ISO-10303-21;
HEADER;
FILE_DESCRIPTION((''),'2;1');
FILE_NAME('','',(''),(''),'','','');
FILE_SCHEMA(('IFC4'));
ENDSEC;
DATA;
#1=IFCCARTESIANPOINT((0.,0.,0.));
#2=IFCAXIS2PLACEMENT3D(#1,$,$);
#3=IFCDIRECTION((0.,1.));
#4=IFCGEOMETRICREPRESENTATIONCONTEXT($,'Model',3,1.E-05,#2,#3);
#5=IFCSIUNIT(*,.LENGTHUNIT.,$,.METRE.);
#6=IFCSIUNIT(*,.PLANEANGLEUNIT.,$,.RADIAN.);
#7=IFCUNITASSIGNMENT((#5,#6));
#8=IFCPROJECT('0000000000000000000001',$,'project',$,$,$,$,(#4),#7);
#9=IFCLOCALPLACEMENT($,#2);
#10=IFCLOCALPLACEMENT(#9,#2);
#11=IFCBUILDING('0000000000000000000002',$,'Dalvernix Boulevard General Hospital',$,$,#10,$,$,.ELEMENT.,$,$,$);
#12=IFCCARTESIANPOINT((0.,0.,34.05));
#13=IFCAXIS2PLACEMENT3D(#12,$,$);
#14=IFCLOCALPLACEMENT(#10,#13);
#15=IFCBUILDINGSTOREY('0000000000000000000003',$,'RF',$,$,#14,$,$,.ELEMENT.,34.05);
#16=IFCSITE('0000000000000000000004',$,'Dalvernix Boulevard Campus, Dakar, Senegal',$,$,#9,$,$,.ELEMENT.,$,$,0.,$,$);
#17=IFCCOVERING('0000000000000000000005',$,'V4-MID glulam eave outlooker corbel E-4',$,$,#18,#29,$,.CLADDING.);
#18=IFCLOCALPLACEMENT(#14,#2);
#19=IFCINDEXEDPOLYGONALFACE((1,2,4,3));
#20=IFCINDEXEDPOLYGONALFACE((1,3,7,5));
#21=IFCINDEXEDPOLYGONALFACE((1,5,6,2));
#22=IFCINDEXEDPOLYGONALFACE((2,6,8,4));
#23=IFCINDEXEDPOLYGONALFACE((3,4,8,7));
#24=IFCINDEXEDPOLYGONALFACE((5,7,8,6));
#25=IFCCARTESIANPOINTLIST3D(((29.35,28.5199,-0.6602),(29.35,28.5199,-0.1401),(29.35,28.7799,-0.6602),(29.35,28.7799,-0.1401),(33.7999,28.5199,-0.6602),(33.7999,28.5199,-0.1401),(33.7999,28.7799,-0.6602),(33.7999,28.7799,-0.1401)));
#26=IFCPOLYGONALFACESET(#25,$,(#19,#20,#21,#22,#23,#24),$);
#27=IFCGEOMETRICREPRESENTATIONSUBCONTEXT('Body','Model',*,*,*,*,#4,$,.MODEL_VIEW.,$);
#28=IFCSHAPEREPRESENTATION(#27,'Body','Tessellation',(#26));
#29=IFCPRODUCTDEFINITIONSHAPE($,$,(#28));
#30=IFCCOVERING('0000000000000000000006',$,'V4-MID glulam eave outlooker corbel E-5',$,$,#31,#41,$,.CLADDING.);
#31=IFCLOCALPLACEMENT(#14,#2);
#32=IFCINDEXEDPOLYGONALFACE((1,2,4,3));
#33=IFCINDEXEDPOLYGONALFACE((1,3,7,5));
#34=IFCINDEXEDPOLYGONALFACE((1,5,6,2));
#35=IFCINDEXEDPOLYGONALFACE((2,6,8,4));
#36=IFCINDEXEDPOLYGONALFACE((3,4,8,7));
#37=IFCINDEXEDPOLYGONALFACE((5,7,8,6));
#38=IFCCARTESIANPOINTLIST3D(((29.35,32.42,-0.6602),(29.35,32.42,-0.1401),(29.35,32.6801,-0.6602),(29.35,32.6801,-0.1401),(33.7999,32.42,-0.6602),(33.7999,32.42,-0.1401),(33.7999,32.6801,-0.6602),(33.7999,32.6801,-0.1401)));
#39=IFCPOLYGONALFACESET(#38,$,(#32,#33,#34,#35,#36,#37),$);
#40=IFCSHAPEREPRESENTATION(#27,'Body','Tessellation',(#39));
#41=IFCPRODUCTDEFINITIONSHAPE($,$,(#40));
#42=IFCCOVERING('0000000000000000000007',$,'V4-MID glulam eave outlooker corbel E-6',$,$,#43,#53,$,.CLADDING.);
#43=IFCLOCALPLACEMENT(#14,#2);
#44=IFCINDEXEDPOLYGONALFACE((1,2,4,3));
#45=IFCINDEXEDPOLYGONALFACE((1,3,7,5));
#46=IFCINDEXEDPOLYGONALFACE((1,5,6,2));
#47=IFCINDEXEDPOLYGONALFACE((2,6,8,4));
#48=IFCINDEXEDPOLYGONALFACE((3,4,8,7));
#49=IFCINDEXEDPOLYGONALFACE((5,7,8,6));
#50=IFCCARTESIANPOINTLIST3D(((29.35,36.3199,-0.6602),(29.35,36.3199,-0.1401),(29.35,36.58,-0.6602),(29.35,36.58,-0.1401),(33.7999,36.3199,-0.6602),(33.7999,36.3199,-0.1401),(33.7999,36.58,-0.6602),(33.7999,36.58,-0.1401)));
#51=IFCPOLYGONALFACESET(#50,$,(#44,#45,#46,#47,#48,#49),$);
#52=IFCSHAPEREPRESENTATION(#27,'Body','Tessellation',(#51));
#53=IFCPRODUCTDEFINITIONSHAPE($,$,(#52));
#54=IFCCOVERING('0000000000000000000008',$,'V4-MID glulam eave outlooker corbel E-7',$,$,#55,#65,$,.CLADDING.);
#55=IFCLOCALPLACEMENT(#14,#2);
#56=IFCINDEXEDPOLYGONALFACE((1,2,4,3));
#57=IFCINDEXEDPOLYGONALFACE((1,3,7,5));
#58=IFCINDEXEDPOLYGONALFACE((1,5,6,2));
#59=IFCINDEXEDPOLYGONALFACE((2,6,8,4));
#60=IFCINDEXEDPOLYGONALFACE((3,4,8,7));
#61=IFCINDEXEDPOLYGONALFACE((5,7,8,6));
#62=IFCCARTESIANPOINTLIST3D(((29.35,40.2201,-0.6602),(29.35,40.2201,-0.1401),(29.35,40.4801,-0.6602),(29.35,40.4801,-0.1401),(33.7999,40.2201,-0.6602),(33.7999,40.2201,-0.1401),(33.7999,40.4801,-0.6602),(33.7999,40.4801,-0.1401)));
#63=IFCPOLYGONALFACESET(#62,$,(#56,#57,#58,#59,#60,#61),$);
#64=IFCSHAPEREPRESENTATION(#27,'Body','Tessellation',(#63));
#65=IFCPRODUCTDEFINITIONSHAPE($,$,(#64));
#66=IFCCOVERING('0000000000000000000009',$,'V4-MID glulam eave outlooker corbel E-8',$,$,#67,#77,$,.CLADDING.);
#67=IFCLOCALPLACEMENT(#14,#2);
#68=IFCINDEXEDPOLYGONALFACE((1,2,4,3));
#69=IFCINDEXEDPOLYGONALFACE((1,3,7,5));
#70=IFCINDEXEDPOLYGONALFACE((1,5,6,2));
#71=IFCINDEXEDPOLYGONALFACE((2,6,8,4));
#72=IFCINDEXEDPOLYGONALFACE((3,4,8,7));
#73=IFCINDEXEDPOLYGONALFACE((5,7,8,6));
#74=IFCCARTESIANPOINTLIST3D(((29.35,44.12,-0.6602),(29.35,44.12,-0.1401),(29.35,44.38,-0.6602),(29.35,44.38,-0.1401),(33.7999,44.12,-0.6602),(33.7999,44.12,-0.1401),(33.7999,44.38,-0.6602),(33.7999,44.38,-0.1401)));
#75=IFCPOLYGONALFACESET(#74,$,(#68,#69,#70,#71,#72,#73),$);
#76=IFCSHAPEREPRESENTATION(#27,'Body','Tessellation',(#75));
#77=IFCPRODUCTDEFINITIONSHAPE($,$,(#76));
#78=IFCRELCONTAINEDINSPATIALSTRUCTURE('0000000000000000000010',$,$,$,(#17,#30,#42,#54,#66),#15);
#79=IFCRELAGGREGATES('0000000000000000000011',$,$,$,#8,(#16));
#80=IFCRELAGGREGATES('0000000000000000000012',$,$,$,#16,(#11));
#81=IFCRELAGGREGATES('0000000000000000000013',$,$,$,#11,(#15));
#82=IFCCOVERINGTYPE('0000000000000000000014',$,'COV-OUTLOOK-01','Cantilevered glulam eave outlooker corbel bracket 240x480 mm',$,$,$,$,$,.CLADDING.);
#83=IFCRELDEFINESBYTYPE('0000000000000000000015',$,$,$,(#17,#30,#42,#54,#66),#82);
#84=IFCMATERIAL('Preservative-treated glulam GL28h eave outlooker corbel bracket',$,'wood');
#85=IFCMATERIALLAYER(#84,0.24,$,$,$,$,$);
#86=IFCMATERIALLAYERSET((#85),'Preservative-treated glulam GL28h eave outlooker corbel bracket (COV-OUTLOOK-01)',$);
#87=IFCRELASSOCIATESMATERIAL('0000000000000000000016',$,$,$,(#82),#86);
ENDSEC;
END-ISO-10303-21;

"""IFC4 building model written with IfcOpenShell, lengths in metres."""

from ifc_helpers import new_model, si_unit, direction, frame, origin, origin_2d, place, context, subcontext, project, spatial, rectangle, extrude, material, layer, layer_set, type_object, element, save


model = new_model("IFC4")

# Units and contexts
model_context = context("Model", 3, precision=1e-05, world=origin(), true_north=direction((0.0, 1.0)))
body_context = subcontext(model_context, "Body", "Model", "MODEL_VIEW")
ifc_project = project(units=[si_unit("LENGTHUNIT", "METRE"), si_unit("PLANEANGLEUNIT", "RADIAN")], contexts=[model_context])

# Site, building, storey
site_placement = place(None, origin())
site = spatial("IfcSite", under=ifc_project, at=site_placement, Name="Dalvernix Boulevard Campus, Dakar, Senegal", CompositionType="ELEMENT", RefElevation=0.0)
building_placement = place(site_placement, origin())
building = spatial("IfcBuilding", under=site, at=building_placement, Name="Dalvernix Boulevard General Hospital", CompositionType="ELEMENT")
storey_placement = place(building_placement, frame((0.0, 0.0, 34.05)))
storey = spatial("IfcBuildingStorey", under=building, at=storey_placement, Name="RF", CompositionType="ELEMENT", Elevation=34.05)

# Coverings
ifc_material_1 = material(Name="Preservative-treated glulam GL28h eave outlooker corbel bracket", Category="wood")
ifc_layer = layer(ifc_material_1, 0.24)
ifc_layer_set = layer_set([ifc_layer], Name="Preservative-treated glulam GL28h eave outlooker corbel bracket (COV-OUTLOOK-01)")
covering_type = type_object("IfcCoveringType", Name="COV-OUTLOOK-01", Description="Cantilevered glulam eave outlooker corbel bracket 240x480 mm", PredefinedType="CLADDING", material=ifc_layer_set)
for number, where, z_axis, x_axis, name in (
    (1, (31.575, 28.6499, -0.6602), (0.0, 0.0, 1.0), (1.0, 0.0, 0.0), "V4-MID glulam eave outlooker corbel E-4"),
    (2, (31.575, 32.55, -0.6602), (0.0, 0.0, 1.0), (1.0, 0.0, 0.0), "V4-MID glulam eave outlooker corbel E-5"),
    (3, (31.575, 36.45, -0.6602), (0.0, 0.0, 1.0), (1.0, 0.0, 0.0), "V4-MID glulam eave outlooker corbel E-6"),
    (4, (31.575, 40.3501, -0.6602), (0.0, 0.0, 1.0), (1.0, 0.0, 0.0), "V4-MID glulam eave outlooker corbel E-7"),
    (5, (31.575, 44.25, -0.6602), (0.0, 0.0, 1.0), (1.0, 0.0, 0.0), "V4-MID glulam eave outlooker corbel E-8"),
):
    element("IfcCovering", number, at=place(storey_placement, frame(where, z_axis=z_axis, x_axis=x_axis)), inside=storey, type_object=covering_type, Name=name, PredefinedType="CLADDING", context=body_context, shape_type="SweptSolid", body=[
        extrude(rectangle(XDim=4.45, YDim=0.26, at=origin_2d()), origin(), (0.0, 0.0, 1.0), 0.52),
    ])

save(model, "model.ifc")
